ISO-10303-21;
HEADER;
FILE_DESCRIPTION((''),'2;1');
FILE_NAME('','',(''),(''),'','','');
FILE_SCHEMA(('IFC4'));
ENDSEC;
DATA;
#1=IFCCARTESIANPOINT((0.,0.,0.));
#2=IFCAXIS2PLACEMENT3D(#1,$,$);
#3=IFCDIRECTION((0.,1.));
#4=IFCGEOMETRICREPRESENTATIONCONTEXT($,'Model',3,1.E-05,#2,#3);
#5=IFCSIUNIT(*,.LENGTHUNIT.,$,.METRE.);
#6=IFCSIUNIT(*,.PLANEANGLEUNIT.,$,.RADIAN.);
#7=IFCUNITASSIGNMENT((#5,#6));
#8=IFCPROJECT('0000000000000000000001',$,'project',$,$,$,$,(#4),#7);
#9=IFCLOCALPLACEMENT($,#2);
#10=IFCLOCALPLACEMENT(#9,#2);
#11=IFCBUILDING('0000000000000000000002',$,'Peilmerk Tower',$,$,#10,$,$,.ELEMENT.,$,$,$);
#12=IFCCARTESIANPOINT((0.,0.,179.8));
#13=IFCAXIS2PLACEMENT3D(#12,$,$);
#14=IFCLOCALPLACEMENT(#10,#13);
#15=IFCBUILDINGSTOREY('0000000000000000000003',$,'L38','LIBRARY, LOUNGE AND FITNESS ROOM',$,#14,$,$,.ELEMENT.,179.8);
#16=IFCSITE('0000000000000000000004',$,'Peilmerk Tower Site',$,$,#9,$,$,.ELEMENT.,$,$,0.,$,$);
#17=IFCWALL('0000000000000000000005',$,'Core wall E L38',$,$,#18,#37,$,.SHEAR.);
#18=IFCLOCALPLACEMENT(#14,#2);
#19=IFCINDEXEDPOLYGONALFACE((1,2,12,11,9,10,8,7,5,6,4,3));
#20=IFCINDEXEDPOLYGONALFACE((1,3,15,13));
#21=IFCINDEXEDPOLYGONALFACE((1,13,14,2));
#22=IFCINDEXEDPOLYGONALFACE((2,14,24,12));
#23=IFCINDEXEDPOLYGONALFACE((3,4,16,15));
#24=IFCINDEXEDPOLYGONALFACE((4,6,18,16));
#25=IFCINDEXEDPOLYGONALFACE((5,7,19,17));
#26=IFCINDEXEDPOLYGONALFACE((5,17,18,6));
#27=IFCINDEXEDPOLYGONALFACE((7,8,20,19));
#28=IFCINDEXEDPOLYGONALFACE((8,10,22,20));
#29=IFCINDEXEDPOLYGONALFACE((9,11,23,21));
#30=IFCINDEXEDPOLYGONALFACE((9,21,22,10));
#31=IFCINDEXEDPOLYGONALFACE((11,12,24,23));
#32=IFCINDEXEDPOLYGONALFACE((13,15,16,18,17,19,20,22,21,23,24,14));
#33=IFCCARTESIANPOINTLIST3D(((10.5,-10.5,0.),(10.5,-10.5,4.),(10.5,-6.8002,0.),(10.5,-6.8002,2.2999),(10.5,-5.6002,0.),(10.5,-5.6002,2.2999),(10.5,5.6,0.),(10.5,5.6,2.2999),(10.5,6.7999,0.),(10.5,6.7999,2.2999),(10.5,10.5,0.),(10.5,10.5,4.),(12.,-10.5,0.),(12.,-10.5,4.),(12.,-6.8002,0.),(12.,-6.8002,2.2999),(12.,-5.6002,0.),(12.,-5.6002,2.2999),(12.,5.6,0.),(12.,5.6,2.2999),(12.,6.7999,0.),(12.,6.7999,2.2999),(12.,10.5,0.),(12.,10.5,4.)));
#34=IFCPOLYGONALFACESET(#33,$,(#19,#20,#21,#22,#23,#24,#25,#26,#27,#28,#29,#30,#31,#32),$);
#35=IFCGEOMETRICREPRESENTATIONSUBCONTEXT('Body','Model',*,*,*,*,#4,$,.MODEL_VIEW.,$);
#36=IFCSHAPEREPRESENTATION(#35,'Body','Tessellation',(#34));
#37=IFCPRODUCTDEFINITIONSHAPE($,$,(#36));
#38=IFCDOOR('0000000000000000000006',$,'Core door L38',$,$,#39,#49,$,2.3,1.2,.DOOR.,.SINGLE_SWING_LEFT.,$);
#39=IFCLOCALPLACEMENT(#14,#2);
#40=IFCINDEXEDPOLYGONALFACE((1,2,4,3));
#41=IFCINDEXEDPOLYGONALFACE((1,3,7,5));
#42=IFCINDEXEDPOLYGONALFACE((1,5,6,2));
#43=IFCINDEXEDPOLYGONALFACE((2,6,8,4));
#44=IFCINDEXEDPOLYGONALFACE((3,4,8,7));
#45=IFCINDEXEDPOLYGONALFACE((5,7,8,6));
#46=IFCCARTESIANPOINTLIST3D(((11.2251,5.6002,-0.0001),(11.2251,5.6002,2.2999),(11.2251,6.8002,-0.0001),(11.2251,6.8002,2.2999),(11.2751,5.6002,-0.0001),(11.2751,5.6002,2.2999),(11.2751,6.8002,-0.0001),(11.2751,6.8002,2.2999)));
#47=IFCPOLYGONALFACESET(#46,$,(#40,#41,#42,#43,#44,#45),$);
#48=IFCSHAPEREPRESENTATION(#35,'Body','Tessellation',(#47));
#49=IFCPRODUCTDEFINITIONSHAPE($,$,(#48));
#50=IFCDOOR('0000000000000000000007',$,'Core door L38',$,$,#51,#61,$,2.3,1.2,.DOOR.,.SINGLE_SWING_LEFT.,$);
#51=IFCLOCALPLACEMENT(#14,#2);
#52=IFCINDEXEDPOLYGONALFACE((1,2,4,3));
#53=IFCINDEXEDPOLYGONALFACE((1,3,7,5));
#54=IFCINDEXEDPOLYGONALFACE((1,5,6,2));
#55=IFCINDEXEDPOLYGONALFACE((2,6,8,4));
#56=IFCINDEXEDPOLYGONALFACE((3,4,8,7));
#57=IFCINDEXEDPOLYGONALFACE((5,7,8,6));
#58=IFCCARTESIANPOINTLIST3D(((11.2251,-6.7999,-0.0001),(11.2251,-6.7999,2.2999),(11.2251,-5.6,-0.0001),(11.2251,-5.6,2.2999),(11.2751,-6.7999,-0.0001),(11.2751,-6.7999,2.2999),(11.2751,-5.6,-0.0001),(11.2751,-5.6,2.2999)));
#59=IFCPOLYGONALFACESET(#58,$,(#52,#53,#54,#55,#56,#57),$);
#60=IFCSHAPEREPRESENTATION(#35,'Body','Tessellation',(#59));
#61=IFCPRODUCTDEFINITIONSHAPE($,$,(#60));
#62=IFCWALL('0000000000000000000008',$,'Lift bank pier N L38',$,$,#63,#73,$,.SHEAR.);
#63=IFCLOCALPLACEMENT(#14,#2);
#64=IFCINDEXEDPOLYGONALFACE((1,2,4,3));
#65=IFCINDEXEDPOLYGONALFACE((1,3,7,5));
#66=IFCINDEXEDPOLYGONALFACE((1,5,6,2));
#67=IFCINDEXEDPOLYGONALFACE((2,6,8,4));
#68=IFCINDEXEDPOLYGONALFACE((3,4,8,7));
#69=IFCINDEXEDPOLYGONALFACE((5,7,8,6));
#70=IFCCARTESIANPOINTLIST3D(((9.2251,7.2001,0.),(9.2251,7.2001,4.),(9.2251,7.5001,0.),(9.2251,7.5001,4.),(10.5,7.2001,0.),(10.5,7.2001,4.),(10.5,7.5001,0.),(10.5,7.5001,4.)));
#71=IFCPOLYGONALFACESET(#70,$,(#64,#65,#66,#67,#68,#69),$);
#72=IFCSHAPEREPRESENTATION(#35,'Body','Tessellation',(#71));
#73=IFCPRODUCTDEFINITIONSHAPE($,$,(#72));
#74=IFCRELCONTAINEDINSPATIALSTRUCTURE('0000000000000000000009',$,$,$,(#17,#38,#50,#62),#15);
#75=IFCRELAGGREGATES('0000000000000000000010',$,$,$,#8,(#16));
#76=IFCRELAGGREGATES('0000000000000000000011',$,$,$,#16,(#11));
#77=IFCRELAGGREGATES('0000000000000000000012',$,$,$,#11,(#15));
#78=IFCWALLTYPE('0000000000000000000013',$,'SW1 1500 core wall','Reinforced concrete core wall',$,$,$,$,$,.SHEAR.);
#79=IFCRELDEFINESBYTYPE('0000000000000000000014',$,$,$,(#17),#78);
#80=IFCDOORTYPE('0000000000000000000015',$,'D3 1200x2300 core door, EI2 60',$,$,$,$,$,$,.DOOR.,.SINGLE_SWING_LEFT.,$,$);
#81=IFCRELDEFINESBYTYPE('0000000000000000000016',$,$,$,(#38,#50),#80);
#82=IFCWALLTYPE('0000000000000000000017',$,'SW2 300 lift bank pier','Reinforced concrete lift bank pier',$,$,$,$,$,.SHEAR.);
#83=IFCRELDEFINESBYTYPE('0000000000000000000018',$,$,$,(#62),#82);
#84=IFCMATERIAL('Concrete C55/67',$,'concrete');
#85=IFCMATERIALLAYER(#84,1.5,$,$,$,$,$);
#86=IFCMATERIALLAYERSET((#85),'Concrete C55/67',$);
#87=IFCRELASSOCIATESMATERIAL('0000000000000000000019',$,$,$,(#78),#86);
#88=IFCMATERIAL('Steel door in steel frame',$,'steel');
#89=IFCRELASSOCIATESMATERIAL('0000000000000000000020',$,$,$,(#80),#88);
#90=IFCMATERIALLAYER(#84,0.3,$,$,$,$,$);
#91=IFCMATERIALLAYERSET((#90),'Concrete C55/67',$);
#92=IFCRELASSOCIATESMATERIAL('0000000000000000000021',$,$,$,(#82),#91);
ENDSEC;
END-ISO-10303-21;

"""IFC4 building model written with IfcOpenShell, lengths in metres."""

from ifc_helpers import new_model, si_unit, direction, frame, frame_2d, origin, place, context, subcontext, project, spatial, rectangle, extrude, material, layer, layer_set, type_object, element, fill, save


model = new_model("IFC4")

# Units and contexts
model_context = context("Model", 3, precision=1e-05, world=origin(), true_north=direction((0.0, 1.0)))
body_context = subcontext(model_context, "Body", "Model", "MODEL_VIEW")
ifc_project = project(units=[si_unit("LENGTHUNIT", "METRE"), si_unit("PLANEANGLEUNIT", "RADIAN")], contexts=[model_context])

# Site, building, storey
site_placement = place(None, origin())
site = spatial("IfcSite", under=ifc_project, at=site_placement, Name="Peilmerk Tower Site", CompositionType="ELEMENT", RefElevation=0.0)
building_placement = place(site_placement, origin())
building = spatial("IfcBuilding", under=site, at=building_placement, Name="Peilmerk Tower", CompositionType="ELEMENT")
storey_placement = place(building_placement, frame((0.0, 0.0, 179.8)))
storey = spatial("IfcBuildingStorey", under=building, at=storey_placement, Name="L38", Description="LIBRARY, LOUNGE AND FITNESS ROOM", CompositionType="ELEMENT", Elevation=179.8)

# Wall, openings, doors
ifc_material_1 = material(Name="Concrete C55/67", Category="concrete")
ifc_layer_1 = layer(ifc_material_1, 1.5)
ifc_layer_set_1 = layer_set([ifc_layer_1], Name="Concrete C55/67")
wall_type_1 = type_object("IfcWallType", Name="SW1 1500 core wall", Description="Reinforced concrete core wall", PredefinedType="SHEAR", material=ifc_layer_set_1)
wall_1_placement = place(storey_placement, frame((11.25, 10.5, 0.0), z_axis=(0.0, 0.0, 1.0), x_axis=(0.0, -1.0, 0.0)))
wall_1 = element("IfcWall", 1, at=wall_1_placement, inside=storey, type_object=wall_type_1, Name="Core wall E L38", PredefinedType="SHEAR", context=body_context, shape_type="SweptSolid", body=[
    extrude(rectangle(XDim=21.0, YDim=1.5, at=frame_2d((10.5, 0.0))), origin(), (0.0, 0.0, 1.0), 4.0),
])
opening_1_placement = place(wall_1_placement, frame((3.7, 0.0, 0.0)))
opening_1 = element("IfcOpeningElement", 2, at=opening_1_placement, cuts=wall_1, PredefinedType="OPENING", context=body_context, shape_type="SweptSolid", body=[
    extrude(rectangle(XDim=1.2, YDim=2.3, at=frame_2d((0.6001, 1.1499))), frame((0.0, 0.76, 0.0), z_axis=(0.0, -1.0, 0.0), x_axis=(1.0, 0.0, 0.0)), (0.0, 0.0, 1.0), 1.52),
])
opening_2_placement = place(wall_1_placement, frame((16.1001, 0.0, 0.0)))
opening_2 = element("IfcOpeningElement", 3, at=opening_2_placement, cuts=wall_1, PredefinedType="OPENING", context=body_context, shape_type="SweptSolid", body=[
    extrude(rectangle(XDim=1.2, YDim=2.3, at=frame_2d((0.6001, 1.1499))), frame((0.0, 0.76, 0.0), z_axis=(0.0, -1.0, 0.0), x_axis=(1.0, 0.0, 0.0)), (0.0, 0.0, 1.0), 1.52),
])
ifc_material_2 = material(Name="Steel door in steel frame", Category="steel")
door_type = type_object("IfcDoorType", Name="D3 1200x2300 core door, EI2 60", OperationType="SINGLE_SWING_LEFT", PredefinedType="DOOR", material=ifc_material_2)
door_1_placement = place(opening_1_placement, frame((1.2, 0.0, 0.0), z_axis=(0.0, 0.0, 1.0), x_axis=(-1.0, 0.0, 0.0)))
door_1 = element("IfcDoor", 4, at=door_1_placement, inside=storey, type_object=door_type, Name="Core door L38", OperationType="SINGLE_SWING_LEFT", OverallHeight=2.3, OverallWidth=1.2, PredefinedType="DOOR", context=body_context, shape_type="SweptSolid", body=[
    extrude(rectangle(XDim=1.2, YDim=2.3, at=frame_2d((0.6001, 1.1499))), frame((0.0, 0.0249, 0.0), z_axis=(0.0, -1.0, 0.0), x_axis=(1.0, 0.0, 0.0)), (0.0, 0.0, 1.0), 0.05),
])
fill(opening_1, door_1)
door_2_placement = place(opening_2_placement, frame((1.2, 0.0, 0.0), z_axis=(0.0, 0.0, 1.0), x_axis=(-1.0, 0.0, 0.0)))
door_2 = element("IfcDoor", 5, at=door_2_placement, inside=storey, type_object=door_type, Name="Core door L38", OperationType="SINGLE_SWING_LEFT", OverallHeight=2.3, OverallWidth=1.2, PredefinedType="DOOR", context=body_context, shape_type="SweptSolid", body=[
    extrude(rectangle(XDim=1.2, YDim=2.3, at=frame_2d((0.6001, 1.1499))), frame((0.0, 0.0249, 0.0), z_axis=(0.0, -1.0, 0.0), x_axis=(1.0, 0.0, 0.0)), (0.0, 0.0, 1.0), 0.05),
])
fill(opening_2, door_2)

# Wall
ifc_layer_2 = layer(ifc_material_1, 0.3)
ifc_layer_set_2 = layer_set([ifc_layer_2], Name="Concrete C55/67")
wall_type_2 = type_object("IfcWallType", Name="SW2 300 lift bank pier", Description="Reinforced concrete lift bank pier", PredefinedType="SHEAR", material=ifc_layer_set_2)
wall_2_placement = place(storey_placement, frame((9.2251, 7.3501, 0.0), z_axis=(0.0, 0.0, 1.0), x_axis=(1.0, 0.0, 0.0)))
element("IfcWall", 6, at=wall_2_placement, inside=storey, type_object=wall_type_2, Name="Lift bank pier N L38", PredefinedType="SHEAR", context=body_context, shape_type="SweptSolid", body=[
    extrude(rectangle(XDim=1.2749, YDim=0.3, at=frame_2d((0.6375, 0.0))), origin(), (0.0, 0.0, 1.0), 4.0),
])

save(model, "model.ifc")
